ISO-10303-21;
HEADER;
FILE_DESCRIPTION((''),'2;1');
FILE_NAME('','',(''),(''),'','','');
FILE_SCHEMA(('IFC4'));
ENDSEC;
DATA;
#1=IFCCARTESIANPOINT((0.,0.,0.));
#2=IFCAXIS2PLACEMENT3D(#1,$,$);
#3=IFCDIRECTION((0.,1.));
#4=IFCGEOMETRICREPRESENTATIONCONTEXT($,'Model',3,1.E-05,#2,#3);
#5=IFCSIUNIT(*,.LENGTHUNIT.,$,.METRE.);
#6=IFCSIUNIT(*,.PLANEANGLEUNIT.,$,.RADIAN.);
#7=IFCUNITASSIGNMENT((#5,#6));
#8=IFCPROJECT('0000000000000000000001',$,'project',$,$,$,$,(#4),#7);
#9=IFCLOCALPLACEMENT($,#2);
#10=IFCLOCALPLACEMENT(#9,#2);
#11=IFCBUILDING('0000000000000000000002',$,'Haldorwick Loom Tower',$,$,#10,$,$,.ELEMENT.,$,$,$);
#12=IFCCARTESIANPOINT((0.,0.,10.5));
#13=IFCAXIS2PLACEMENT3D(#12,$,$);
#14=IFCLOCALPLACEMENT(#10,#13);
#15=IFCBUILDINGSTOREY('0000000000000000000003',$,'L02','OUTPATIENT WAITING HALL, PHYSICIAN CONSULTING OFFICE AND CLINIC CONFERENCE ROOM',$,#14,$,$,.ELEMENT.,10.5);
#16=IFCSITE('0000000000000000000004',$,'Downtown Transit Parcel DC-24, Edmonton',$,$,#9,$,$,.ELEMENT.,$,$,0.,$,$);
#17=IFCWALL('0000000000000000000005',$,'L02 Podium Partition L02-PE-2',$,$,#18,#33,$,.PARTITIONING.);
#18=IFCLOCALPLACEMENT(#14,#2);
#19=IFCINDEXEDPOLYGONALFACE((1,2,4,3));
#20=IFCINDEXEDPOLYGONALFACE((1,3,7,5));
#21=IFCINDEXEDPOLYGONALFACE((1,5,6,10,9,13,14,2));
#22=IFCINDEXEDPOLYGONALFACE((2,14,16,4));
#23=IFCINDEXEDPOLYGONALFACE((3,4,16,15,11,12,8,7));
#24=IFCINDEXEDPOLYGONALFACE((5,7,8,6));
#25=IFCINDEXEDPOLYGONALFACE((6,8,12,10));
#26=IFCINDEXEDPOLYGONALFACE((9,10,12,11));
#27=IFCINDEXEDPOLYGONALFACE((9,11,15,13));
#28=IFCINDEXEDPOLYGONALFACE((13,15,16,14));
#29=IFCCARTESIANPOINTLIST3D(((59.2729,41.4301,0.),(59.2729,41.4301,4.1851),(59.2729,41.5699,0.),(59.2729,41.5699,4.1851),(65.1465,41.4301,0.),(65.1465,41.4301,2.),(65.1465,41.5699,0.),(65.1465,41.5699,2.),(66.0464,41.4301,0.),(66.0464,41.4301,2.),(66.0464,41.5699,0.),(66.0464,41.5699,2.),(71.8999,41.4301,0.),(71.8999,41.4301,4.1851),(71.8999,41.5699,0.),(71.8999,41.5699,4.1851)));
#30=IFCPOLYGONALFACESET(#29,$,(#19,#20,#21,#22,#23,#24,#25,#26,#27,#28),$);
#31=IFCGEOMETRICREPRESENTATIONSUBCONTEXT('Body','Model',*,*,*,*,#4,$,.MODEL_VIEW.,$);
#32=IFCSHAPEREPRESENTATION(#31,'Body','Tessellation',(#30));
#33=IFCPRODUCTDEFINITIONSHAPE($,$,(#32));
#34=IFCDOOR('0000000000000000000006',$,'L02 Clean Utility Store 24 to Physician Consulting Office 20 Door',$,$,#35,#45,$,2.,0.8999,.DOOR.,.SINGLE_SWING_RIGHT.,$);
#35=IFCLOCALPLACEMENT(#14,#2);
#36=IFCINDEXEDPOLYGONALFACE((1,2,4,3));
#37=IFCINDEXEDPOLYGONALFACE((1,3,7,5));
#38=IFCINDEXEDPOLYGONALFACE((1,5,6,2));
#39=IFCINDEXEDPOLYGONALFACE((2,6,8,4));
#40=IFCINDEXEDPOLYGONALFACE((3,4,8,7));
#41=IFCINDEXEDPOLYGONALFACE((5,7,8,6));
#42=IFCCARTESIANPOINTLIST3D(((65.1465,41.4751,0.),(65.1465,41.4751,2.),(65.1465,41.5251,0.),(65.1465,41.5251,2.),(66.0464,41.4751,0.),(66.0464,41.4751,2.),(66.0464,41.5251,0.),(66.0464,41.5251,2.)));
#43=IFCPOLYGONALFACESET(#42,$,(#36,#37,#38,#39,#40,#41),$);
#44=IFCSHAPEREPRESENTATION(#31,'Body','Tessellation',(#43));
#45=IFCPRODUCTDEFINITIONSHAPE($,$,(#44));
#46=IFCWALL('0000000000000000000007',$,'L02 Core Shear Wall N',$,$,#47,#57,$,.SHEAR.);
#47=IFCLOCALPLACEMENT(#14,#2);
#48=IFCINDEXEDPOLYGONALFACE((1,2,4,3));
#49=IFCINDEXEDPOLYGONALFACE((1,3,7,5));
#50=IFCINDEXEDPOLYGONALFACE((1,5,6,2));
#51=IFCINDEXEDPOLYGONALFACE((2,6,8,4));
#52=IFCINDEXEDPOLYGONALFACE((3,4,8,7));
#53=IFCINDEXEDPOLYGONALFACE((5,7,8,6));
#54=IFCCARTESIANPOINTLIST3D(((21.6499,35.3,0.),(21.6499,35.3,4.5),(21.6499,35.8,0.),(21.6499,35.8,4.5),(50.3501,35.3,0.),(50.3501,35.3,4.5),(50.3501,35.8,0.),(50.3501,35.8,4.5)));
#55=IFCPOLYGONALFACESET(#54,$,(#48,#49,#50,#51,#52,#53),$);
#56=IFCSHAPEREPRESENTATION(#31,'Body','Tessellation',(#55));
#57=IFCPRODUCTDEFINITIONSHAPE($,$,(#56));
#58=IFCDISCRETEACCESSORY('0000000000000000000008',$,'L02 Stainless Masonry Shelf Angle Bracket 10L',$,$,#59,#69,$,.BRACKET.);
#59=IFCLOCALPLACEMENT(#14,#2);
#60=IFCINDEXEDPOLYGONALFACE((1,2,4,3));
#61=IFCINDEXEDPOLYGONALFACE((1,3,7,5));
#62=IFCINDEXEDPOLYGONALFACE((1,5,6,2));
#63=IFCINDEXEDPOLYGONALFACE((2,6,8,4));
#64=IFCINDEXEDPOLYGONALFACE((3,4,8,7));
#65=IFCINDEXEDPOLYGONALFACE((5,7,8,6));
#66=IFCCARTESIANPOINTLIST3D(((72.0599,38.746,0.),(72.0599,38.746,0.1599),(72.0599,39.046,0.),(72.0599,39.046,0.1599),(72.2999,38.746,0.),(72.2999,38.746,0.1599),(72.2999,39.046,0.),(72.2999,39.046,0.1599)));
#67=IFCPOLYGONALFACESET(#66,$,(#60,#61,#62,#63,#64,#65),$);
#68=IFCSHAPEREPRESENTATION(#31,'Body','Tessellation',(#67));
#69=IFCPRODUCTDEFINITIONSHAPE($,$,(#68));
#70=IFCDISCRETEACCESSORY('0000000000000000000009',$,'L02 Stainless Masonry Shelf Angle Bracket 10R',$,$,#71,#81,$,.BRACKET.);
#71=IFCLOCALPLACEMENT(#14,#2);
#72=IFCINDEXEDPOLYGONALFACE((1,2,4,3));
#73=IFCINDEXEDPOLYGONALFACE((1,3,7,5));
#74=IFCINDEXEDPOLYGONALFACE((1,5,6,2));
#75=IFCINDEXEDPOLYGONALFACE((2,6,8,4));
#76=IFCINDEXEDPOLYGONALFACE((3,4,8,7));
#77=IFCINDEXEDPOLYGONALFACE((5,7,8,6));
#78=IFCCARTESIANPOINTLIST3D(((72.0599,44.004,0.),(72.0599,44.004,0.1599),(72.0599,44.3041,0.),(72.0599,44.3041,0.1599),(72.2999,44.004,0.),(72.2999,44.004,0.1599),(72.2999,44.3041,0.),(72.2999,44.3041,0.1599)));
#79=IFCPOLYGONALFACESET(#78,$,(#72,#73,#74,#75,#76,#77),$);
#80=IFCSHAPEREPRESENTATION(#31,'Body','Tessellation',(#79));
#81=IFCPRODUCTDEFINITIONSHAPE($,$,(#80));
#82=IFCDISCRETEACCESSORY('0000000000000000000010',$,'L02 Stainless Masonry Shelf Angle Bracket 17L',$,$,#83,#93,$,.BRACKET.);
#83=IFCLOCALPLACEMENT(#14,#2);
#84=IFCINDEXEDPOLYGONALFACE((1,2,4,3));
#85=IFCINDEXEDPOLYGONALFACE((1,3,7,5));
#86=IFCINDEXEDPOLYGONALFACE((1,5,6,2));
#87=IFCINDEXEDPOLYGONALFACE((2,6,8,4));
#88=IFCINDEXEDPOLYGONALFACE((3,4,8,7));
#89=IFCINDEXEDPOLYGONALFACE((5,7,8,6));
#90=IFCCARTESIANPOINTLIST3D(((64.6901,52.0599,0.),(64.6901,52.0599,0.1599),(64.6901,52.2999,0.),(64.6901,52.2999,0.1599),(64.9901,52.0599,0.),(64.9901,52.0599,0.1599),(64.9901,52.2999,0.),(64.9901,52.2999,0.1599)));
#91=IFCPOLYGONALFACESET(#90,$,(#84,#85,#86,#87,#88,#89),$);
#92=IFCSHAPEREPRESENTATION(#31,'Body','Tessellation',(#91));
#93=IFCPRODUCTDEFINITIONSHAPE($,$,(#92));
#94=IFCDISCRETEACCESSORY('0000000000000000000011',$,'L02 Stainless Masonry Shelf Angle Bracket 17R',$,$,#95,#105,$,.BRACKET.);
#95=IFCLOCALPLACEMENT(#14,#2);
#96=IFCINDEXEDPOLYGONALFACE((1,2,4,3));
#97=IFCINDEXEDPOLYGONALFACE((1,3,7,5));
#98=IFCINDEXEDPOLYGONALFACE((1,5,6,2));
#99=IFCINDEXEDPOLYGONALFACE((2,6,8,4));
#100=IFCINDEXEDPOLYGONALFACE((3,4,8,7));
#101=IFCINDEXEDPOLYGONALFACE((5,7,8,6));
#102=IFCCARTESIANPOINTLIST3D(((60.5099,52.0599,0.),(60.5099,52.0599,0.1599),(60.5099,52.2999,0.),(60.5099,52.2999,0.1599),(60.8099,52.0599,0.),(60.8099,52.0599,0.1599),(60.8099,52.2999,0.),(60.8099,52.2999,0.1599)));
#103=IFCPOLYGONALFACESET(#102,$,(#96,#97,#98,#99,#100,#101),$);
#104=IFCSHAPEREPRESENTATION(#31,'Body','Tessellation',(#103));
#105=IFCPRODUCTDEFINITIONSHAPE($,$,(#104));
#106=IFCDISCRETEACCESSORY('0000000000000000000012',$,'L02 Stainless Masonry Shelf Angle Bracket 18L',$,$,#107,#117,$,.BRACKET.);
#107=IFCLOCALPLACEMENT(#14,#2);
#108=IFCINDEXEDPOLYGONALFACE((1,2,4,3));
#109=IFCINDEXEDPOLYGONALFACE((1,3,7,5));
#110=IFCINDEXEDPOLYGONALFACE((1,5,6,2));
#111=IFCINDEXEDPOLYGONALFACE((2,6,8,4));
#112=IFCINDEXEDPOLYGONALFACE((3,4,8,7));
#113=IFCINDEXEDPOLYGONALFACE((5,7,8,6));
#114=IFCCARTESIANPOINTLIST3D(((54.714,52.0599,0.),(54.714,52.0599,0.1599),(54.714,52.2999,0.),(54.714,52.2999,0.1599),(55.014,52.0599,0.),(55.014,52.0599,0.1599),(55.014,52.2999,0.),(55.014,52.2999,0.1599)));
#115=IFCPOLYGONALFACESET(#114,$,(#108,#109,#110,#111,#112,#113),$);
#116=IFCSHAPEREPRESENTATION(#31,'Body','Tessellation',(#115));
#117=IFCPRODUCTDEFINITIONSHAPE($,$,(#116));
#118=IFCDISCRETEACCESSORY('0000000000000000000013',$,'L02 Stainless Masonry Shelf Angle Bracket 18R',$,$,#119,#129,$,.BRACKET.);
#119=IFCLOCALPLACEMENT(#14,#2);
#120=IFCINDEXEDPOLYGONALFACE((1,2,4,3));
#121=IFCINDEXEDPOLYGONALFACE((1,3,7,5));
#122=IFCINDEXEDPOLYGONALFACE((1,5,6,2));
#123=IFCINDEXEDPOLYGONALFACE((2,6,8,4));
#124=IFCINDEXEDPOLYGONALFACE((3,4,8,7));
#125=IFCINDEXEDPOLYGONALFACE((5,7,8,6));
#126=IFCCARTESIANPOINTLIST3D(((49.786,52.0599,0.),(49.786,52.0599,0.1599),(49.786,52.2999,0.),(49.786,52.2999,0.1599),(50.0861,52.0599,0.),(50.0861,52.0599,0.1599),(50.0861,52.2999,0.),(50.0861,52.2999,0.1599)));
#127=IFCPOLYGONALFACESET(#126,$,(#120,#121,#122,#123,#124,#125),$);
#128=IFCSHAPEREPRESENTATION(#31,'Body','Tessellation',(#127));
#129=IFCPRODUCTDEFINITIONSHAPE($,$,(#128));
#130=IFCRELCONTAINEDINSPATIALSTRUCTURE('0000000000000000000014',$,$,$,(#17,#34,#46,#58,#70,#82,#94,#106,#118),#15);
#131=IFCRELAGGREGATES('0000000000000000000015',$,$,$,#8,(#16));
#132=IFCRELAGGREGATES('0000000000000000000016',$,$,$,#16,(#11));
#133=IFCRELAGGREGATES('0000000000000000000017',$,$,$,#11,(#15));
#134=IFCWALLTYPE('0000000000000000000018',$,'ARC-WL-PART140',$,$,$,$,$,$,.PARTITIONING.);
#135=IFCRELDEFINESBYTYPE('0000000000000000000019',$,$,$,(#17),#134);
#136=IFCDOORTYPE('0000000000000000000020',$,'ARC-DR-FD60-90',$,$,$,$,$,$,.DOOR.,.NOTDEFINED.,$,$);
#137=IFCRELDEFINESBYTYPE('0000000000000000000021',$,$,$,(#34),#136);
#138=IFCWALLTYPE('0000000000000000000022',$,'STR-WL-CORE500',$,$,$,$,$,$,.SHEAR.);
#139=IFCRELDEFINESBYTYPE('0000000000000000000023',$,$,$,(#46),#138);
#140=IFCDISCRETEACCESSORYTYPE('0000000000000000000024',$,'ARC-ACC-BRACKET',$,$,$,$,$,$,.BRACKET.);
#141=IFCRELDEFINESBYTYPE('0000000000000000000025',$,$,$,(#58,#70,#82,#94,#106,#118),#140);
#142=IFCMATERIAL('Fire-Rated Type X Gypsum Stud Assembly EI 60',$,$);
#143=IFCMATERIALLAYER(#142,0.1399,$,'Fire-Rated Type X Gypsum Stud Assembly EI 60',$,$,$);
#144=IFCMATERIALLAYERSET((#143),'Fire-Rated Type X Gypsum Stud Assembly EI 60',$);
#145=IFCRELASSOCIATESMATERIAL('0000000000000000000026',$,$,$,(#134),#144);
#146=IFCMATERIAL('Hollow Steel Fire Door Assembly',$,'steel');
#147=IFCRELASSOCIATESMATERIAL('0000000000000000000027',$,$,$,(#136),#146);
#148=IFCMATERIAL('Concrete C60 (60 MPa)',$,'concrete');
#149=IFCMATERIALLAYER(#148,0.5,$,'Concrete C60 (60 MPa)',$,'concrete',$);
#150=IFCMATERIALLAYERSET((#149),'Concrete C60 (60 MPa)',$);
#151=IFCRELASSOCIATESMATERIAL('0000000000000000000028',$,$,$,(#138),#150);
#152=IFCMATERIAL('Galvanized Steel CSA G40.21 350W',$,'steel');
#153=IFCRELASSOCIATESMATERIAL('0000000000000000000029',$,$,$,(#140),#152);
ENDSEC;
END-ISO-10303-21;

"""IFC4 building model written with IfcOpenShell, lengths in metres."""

from ifc_helpers import new_model, si_unit, direction, frame, frame_2d, origin, origin_2d, place, context, subcontext, project, spatial, rectangle, extrude, material, layer, layer_set, type_object, element, fill, save


model = new_model("IFC4")

# Units and contexts
model_context = context("Model", 3, precision=1e-05, world=origin(), true_north=direction((0.0, 1.0)))
body_context = subcontext(model_context, "Body", "Model", "MODEL_VIEW")
ifc_project = project(units=[si_unit("LENGTHUNIT", "METRE"), si_unit("PLANEANGLEUNIT", "RADIAN")], contexts=[model_context])

# Site, building, storey
site_placement = place(None, origin())
site = spatial("IfcSite", under=ifc_project, at=site_placement, Name="Downtown Transit Parcel DC-24, Edmonton", CompositionType="ELEMENT", RefElevation=0.0)
building_placement = place(site_placement, origin())
building = spatial("IfcBuilding", under=site, at=building_placement, Name="Haldorwick Loom Tower", CompositionType="ELEMENT")
storey_placement = place(building_placement, frame((0.0, 0.0, 10.5)))
storey = spatial("IfcBuildingStorey", under=building, at=storey_placement, Name="L02", Description="OUTPATIENT WAITING HALL, PHYSICIAN CONSULTING OFFICE AND CLINIC CONFERENCE ROOM", CompositionType="ELEMENT", Elevation=10.5)

# Shared definitions
ifc_material_1 = material(Name="Concrete C60 (60 MPa)", Category="concrete")

# Shared definitions
ifc_material_2 = material(Name="Fire-Rated Type X Gypsum Stud Assembly EI 60")
ifc_layer_1 = layer(ifc_material_2, 0.1399, Name="Fire-Rated Type X Gypsum Stud Assembly EI 60")
ifc_layer_set_1 = layer_set([ifc_layer_1], Name="Fire-Rated Type X Gypsum Stud Assembly EI 60")
wall_type_1 = type_object("IfcWallType", Name="ARC-WL-PART140", PredefinedType="PARTITIONING", material=ifc_layer_set_1)

# Wall, opening, door
wall_1_placement = place(storey_placement, frame((59.2729, 41.5, 0.0), z_axis=(0.0, 0.0, 1.0), x_axis=(1.0, 0.0, 0.0)))
wall_1 = element("IfcWall", 1, at=wall_1_placement, inside=storey, type_object=wall_type_1, Name="L02 Podium Partition L02-PE-2", PredefinedType="PARTITIONING", context=body_context, shape_type="SweptSolid", body=[
    extrude(rectangle(XDim=12.627, YDim=0.1399, at=frame_2d((6.3135, 0.0))), origin(), (0.0, 0.0, 1.0), 4.1851),
])
opening_1_placement = place(wall_1_placement, frame((5.8735, 0.0, 0.0)))
opening_1 = element("IfcOpeningElement", 2, at=opening_1_placement, cuts=wall_1, PredefinedType="OPENING", context=body_context, shape_type="SweptSolid", body=[
    extrude(rectangle(XDim=0.8999, YDim=2.0, at=frame_2d((0.45, 1.0))), frame((0.0, 0.0798, 0.0), z_axis=(0.0, -1.0, 0.0), x_axis=(1.0, 0.0, 0.0)), (0.0, 0.0, 1.0), 0.1599),
])
ifc_material_3 = material(Name="Hollow Steel Fire Door Assembly", Category="steel")
door_type = type_object("IfcDoorType", Name="ARC-DR-FD60-90", OperationType="NOTDEFINED", PredefinedType="DOOR", material=ifc_material_3)
door_placement = place(opening_1_placement, frame((0.8999, 0.0, 0.0), z_axis=(0.0, 0.0, 1.0), x_axis=(-1.0, 0.0, 0.0)))
door = element("IfcDoor", 3, at=door_placement, inside=storey, type_object=door_type, Name="L02 Clean Utility Store 24 to Physician Consulting Office 20 Door", OperationType="SINGLE_SWING_RIGHT", OverallHeight=2.0, OverallWidth=0.8999, PredefinedType="DOOR", context=body_context, shape_type="SweptSolid", body=[
    extrude(rectangle(XDim=0.8999, YDim=2.0, at=frame_2d((0.45, 1.0))), frame((0.0, 0.0249, 0.0), z_axis=(0.0, -1.0, 0.0), x_axis=(1.0, 0.0, 0.0)), (0.0, 0.0, 1.0), 0.05),
])
fill(opening_1, door)

# Wall
ifc_layer_2 = layer(ifc_material_1, 0.5, Name="Concrete C60 (60 MPa)", Category="concrete")
ifc_layer_set_2 = layer_set([ifc_layer_2], Name="Concrete C60 (60 MPa)")
wall_type_2 = type_object("IfcWallType", Name="STR-WL-CORE500", PredefinedType="SHEAR", material=ifc_layer_set_2)
wall_2_placement = place(storey_placement, frame((50.3501, 35.55, 0.0), z_axis=(0.0, 0.0, 1.0), x_axis=(-1.0, 0.0, 0.0)))
element("IfcWall", 4, at=wall_2_placement, inside=storey, type_object=wall_type_2, Name="L02 Core Shear Wall N", PredefinedType="SHEAR", context=body_context, shape_type="SweptSolid", body=[
    extrude(rectangle(XDim=28.7002, YDim=0.5, at=frame_2d((14.3501, 0.0))), origin(), (0.0, 0.0, 1.0), 4.5),
])

# Discrete accessories
ifc_material_4 = material(Name="Galvanized Steel CSA G40.21 350W", Category="steel")
discrete_accessory_type = type_object("IfcDiscreteAccessoryType", Name="ARC-ACC-BRACKET", PredefinedType="BRACKET", material=ifc_material_4)
for number, where, z_axis, x_axis, name in (
    (5, (72.1799, 38.896, 0.0), (0.0, 0.0, 1.0), (0.0, 1.0, 0.0), "L02 Stainless Masonry Shelf Angle Bracket 10L"),
    (6, (72.1799, 44.1541, 0.0), (0.0, 0.0, 1.0), (0.0, 1.0, 0.0), "L02 Stainless Masonry Shelf Angle Bracket 10R"),
    (7, (64.8401, 52.1799, 0.0), (0.0, 0.0, 1.0), (-1.0, 0.0, 0.0), "L02 Stainless Masonry Shelf Angle Bracket 17L"),
    (8, (60.6599, 52.1799, 0.0), (0.0, 0.0, 1.0), (-1.0, 0.0, 0.0), "L02 Stainless Masonry Shelf Angle Bracket 17R"),
    (9, (54.864, 52.1799, 0.0), (0.0, 0.0, 1.0), (-1.0, 0.0, 0.0), "L02 Stainless Masonry Shelf Angle Bracket 18L"),
    (10, (49.936, 52.1799, 0.0), (0.0, 0.0, 1.0), (-1.0, 0.0, 0.0), "L02 Stainless Masonry Shelf Angle Bracket 18R"),
):
    element("IfcDiscreteAccessory", number, at=place(storey_placement, frame(where, z_axis=z_axis, x_axis=x_axis)), inside=storey, type_object=discrete_accessory_type, Name=name, PredefinedType="BRACKET", context=body_context, shape_type="SweptSolid", body=[
        extrude(rectangle(XDim=0.3, YDim=0.24, at=origin_2d()), origin(), (0.0, 0.0, 1.0), 0.1599),
    ])

save(model, "model.ifc")
